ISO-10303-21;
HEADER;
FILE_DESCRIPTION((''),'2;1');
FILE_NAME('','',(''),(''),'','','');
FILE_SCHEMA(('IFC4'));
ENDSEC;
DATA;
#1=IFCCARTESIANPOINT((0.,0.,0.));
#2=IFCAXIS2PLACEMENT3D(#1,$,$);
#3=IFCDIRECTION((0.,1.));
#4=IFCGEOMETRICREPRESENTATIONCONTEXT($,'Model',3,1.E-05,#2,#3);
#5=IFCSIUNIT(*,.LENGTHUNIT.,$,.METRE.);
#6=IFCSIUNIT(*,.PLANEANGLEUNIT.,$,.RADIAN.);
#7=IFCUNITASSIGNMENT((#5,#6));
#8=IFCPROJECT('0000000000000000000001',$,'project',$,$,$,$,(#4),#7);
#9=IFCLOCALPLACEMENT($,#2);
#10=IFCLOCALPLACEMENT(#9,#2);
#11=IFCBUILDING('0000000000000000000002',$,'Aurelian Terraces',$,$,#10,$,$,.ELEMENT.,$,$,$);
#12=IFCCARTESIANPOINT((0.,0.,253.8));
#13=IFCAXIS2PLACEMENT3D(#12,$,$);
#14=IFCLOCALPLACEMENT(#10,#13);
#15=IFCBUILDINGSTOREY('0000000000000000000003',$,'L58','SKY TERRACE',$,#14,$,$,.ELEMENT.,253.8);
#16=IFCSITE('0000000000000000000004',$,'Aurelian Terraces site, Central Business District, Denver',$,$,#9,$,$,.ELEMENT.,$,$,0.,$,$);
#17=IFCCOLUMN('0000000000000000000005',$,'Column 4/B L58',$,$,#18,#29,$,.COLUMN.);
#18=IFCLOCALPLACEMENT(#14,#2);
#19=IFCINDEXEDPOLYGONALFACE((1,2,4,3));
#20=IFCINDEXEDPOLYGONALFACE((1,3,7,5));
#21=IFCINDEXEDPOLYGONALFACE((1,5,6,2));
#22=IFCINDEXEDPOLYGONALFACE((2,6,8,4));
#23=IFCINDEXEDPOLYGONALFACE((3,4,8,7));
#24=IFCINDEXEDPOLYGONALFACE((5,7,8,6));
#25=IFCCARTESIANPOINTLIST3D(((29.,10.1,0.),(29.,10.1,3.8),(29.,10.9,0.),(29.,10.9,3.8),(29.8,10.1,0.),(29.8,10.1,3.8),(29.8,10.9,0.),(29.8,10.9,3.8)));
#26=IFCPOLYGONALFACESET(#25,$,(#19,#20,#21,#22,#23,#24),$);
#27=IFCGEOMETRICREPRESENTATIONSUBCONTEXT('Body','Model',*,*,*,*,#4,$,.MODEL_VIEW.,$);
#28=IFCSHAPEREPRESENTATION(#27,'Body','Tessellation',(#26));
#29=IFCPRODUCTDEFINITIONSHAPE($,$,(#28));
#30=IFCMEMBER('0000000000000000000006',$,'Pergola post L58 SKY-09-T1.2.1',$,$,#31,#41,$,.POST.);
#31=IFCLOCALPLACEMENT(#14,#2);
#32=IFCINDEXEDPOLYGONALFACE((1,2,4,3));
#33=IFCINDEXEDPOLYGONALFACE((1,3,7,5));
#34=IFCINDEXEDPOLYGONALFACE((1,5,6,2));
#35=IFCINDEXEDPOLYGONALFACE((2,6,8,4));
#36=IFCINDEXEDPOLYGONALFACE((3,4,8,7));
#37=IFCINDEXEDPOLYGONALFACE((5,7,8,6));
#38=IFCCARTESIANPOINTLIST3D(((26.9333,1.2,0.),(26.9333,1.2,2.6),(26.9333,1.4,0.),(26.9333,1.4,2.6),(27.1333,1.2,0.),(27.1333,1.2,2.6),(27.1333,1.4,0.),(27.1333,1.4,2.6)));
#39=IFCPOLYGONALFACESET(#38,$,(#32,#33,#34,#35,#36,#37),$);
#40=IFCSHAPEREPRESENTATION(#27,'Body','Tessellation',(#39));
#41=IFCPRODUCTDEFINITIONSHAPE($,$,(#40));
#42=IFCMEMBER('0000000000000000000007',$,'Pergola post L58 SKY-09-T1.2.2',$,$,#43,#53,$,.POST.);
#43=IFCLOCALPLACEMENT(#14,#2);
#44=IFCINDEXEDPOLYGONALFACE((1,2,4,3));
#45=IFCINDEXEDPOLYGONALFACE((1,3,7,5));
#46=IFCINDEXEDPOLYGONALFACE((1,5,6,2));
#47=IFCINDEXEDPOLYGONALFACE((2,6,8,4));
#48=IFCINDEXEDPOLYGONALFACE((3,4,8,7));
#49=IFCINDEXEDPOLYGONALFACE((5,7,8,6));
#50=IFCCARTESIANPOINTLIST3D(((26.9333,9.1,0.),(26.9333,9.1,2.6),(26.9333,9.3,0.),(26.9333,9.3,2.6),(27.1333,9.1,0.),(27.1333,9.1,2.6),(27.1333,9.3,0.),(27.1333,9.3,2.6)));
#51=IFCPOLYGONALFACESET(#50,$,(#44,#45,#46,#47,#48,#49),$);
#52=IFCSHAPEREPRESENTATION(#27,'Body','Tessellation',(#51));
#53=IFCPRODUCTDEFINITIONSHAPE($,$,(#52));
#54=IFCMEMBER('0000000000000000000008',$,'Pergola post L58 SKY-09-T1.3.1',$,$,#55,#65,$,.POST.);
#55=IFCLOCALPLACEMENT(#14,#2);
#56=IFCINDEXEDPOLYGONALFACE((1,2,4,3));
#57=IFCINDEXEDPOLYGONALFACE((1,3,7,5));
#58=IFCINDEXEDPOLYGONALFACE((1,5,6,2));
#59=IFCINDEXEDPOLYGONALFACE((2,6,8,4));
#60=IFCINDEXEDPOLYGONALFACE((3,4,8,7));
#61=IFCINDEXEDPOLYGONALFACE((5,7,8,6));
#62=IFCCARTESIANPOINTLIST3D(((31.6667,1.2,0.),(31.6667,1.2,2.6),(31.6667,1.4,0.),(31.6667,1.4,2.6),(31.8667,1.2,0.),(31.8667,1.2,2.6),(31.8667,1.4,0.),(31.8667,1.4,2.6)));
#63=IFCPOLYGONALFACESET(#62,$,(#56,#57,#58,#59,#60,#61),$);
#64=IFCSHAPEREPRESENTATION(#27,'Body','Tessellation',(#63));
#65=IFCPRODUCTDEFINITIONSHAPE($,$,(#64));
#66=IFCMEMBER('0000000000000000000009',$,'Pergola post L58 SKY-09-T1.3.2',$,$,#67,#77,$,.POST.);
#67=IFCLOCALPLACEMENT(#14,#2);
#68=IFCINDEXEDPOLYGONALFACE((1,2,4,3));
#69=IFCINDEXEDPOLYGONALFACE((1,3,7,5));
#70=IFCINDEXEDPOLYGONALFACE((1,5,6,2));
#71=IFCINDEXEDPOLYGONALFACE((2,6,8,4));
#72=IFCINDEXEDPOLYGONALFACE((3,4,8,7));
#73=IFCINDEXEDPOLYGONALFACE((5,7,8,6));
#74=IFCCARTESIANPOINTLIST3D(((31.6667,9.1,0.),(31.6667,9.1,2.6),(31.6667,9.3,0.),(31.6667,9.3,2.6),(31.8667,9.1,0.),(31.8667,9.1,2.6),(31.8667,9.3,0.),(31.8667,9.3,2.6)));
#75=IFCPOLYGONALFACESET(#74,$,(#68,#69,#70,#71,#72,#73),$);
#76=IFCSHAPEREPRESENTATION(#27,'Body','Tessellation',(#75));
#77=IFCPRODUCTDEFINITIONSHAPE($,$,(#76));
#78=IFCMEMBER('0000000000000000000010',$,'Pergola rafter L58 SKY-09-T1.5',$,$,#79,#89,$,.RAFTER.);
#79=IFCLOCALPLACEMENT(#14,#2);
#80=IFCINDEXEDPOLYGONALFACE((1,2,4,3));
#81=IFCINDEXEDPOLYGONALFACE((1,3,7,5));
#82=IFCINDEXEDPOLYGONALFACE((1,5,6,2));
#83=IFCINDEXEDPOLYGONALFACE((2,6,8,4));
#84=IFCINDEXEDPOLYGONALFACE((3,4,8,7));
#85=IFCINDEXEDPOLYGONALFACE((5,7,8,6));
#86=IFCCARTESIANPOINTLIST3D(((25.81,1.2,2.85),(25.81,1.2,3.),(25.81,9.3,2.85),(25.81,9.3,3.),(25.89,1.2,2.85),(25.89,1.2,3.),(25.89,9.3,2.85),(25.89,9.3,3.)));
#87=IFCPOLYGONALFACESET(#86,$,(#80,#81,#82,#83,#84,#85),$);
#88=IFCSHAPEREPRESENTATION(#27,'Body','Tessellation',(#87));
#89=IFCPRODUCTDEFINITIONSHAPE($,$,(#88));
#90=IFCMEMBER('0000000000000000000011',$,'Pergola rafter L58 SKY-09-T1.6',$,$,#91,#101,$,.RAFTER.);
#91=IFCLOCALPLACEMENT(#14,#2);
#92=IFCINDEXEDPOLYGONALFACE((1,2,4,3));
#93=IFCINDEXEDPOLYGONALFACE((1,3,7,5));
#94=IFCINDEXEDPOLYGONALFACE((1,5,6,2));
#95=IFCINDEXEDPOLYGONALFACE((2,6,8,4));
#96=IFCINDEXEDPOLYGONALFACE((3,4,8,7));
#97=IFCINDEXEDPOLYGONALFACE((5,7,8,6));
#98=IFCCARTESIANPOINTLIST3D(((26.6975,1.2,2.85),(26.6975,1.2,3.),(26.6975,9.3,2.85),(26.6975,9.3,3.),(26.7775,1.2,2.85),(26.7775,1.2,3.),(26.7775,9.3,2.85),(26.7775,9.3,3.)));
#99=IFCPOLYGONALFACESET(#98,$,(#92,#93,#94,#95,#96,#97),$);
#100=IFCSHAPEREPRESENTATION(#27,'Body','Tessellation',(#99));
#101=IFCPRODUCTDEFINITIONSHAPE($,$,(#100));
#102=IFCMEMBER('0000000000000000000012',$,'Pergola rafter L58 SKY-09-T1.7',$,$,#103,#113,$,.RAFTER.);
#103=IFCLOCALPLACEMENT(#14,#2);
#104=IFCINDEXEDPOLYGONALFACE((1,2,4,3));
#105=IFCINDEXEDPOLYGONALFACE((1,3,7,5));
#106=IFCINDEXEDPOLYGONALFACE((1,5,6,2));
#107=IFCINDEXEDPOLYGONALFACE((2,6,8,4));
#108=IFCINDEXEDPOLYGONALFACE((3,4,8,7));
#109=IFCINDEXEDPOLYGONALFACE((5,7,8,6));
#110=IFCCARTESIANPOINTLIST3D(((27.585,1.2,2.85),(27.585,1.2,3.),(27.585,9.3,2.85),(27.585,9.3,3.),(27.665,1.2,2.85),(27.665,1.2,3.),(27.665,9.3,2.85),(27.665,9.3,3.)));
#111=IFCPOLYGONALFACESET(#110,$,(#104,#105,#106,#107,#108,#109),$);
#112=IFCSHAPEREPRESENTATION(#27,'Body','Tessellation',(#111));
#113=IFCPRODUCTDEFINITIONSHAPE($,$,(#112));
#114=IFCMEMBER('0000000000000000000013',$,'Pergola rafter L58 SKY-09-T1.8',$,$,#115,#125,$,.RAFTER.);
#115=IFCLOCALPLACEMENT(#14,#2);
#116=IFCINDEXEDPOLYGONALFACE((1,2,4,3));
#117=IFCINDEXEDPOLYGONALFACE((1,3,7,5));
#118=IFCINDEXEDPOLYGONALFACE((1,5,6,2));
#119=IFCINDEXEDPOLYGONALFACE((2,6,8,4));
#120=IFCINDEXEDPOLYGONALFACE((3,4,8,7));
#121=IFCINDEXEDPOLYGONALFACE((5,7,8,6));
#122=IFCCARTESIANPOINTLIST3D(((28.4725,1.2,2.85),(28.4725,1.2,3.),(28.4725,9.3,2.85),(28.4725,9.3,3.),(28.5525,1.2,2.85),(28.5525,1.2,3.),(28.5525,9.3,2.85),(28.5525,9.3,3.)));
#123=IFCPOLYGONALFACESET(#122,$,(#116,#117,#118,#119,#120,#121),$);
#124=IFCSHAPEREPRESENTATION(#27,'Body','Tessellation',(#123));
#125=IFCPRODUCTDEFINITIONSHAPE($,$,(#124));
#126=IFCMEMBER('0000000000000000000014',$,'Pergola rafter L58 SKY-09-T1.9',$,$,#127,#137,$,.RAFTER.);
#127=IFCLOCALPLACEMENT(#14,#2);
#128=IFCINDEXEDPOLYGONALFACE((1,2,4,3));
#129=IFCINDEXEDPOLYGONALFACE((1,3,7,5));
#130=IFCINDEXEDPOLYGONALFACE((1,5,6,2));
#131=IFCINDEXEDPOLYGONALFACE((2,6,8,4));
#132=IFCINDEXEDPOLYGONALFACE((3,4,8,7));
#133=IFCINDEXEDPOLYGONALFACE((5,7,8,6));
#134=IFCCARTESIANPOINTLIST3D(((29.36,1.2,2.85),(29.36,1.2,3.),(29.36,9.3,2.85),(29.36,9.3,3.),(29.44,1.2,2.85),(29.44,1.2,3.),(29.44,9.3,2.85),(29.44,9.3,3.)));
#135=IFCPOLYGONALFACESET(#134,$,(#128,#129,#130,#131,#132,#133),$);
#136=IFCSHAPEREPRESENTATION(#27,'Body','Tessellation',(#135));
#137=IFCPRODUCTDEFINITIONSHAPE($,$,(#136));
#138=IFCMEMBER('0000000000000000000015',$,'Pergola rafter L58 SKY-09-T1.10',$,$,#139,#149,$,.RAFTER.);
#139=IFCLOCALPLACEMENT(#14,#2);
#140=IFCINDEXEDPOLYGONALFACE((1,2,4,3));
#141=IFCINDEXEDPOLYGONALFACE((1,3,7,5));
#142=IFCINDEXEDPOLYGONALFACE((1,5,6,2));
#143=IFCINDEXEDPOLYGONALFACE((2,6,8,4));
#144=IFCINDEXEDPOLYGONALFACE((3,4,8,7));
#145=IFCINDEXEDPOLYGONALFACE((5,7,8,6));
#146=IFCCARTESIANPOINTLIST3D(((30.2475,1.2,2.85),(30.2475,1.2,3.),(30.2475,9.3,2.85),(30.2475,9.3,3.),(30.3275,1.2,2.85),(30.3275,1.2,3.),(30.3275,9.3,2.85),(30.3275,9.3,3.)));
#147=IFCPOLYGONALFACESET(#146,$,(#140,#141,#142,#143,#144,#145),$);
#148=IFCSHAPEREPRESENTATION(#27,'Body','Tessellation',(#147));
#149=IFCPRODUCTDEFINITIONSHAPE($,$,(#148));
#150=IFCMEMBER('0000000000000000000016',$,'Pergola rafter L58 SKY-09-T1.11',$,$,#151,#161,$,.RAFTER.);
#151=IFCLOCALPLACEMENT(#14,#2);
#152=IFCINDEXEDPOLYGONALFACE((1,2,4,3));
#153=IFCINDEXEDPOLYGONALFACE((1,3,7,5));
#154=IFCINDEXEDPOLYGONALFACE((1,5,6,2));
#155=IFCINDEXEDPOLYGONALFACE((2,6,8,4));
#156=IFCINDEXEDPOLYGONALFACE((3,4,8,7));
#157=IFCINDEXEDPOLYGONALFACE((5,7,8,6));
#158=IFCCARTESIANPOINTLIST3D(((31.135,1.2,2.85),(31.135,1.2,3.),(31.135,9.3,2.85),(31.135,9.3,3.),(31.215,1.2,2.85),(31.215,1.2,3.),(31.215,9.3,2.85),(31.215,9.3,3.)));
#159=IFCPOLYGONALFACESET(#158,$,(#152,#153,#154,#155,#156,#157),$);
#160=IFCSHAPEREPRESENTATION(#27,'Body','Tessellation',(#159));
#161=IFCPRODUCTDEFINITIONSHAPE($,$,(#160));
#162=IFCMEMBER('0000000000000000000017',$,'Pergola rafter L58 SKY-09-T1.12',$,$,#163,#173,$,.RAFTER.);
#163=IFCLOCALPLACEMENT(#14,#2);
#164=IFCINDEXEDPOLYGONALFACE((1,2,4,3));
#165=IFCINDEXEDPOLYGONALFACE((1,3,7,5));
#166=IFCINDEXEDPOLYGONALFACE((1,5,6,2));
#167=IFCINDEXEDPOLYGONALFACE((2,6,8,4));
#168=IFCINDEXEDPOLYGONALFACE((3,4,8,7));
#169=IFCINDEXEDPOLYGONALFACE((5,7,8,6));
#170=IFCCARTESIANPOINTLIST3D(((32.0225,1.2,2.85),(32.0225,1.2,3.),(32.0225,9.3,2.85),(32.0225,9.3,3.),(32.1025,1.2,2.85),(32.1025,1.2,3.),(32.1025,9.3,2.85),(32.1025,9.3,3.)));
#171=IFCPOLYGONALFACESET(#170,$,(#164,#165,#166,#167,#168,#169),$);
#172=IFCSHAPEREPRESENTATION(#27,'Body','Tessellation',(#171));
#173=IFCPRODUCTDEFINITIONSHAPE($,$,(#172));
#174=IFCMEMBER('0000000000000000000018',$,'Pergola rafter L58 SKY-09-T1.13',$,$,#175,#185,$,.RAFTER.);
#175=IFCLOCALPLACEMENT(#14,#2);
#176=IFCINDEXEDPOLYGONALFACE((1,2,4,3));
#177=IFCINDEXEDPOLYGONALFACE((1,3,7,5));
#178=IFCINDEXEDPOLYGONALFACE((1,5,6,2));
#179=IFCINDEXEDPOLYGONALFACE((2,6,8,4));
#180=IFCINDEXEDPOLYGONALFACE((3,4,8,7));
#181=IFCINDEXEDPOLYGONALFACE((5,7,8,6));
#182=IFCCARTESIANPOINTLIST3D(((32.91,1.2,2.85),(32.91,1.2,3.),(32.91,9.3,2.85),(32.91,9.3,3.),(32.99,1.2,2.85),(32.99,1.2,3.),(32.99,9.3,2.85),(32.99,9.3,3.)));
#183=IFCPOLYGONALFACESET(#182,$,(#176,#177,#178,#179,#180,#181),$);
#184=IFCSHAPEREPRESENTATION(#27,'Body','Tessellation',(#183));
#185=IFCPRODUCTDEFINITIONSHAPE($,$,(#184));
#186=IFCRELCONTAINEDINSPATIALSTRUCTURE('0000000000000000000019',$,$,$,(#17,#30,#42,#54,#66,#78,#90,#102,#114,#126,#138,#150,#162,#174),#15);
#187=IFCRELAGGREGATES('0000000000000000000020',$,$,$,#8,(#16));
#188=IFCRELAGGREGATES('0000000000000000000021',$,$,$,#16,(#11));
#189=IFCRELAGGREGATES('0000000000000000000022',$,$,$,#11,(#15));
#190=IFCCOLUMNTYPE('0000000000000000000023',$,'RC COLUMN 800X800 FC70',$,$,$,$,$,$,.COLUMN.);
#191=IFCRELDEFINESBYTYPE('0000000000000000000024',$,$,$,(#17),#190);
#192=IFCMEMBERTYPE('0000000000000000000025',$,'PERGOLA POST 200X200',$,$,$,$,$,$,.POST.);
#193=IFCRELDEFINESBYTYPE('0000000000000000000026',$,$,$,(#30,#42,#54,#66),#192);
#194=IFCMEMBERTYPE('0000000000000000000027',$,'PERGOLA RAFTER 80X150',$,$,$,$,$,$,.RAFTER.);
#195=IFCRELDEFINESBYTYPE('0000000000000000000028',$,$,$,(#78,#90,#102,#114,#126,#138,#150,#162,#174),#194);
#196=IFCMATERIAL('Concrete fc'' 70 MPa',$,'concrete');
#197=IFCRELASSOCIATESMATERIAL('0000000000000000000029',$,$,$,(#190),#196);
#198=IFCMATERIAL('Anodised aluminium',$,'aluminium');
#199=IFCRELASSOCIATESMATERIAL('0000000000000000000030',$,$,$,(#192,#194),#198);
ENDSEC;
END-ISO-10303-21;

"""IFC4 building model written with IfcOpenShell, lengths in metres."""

from ifc_helpers import new_model, si_unit, direction, frame, origin, origin_2d, place, context, subcontext, project, spatial, rectangle, extrude, source, transform, mapped, material, material_profile, profile_set, type_object, element, save


model = new_model("IFC4")

# Units and contexts
model_context = context("Model", 3, precision=1e-05, world=origin(), true_north=direction((0.0, 1.0)))
body_context = subcontext(model_context, "Body", "Model", "MODEL_VIEW")
ifc_project = project(units=[si_unit("LENGTHUNIT", "METRE"), si_unit("PLANEANGLEUNIT", "RADIAN")], contexts=[model_context])

# Site, building, storey
site_placement = place(None, origin())
site = spatial("IfcSite", under=ifc_project, at=site_placement, Name="Aurelian Terraces site, Central Business District, Denver", CompositionType="ELEMENT", RefElevation=0.0)
building_placement = place(site_placement, origin())
building = spatial("IfcBuilding", under=site, at=building_placement, Name="Aurelian Terraces", CompositionType="ELEMENT")
storey_placement = place(building_placement, frame((0.0, 0.0, 253.8)))
storey = spatial("IfcBuildingStorey", under=building, at=storey_placement, Name="L58", Description="SKY TERRACE", CompositionType="ELEMENT", Elevation=253.8)

# Column
ifc_material_1 = material(Name="Concrete fc' 70 MPa", Category="concrete")
ifc_material_profile_1 = material_profile(ifc_material_1, rectangle(XDim=0.8, YDim=0.8, at=origin_2d()))
ifc_profile_set_1 = profile_set([ifc_material_profile_1], Name="Concrete fc' 70 MPa")
column_type = type_object("IfcColumnType", Name="RC COLUMN 800X800 FC70", PredefinedType="COLUMN", material=ifc_profile_set_1)
shared_shape_1 = source(origin(), body_context, "Body", "SweptSolid", [
    extrude(rectangle(XDim=0.8, YDim=0.8, at=origin_2d()), origin(), (0.0, 0.0, 1.0), 3.8),
])
column_placement = place(storey_placement, frame((29.4, 10.5, 0.0), z_axis=(0.0, 0.0, 1.0), x_axis=(1.0, 0.0, 0.0)))
element("IfcColumn", 1, at=column_placement, inside=storey, type_object=column_type, Name="Column 4/B L58", PredefinedType="COLUMN", context=body_context, shape_type="MappedRepresentation", body=[
    mapped(shared_shape_1, transform((0.0, 0.0, 0.0), scale=1.0)),
])

# Members
ifc_material_2 = material(Name="Anodised aluminium", Category="aluminium")
ifc_material_profile_2 = material_profile(ifc_material_2, rectangle(XDim=0.2, YDim=0.2, at=origin_2d()))
ifc_profile_set_2 = profile_set([ifc_material_profile_2], Name="Anodised aluminium")
member_type_1 = type_object("IfcMemberType", Name="PERGOLA POST 200X200", PredefinedType="POST", material=ifc_profile_set_2)
shared_shape_2 = source(origin(), body_context, "Body", "SweptSolid", [
    extrude(rectangle(XDim=0.2, YDim=0.2, at=origin_2d()), origin(), (0.0, 0.0, 1.0), 2.6),
])
for number, where, z_axis, x_axis, name in (
    (2, (27.0333, 1.3, 0.0), (0.0, 0.0, 1.0), (1.0, 0.0, 0.0), "Pergola post L58 SKY-09-T1.2.1"),
    (3, (27.0333, 9.2, 0.0), (0.0, 0.0, 1.0), (1.0, 0.0, 0.0), "Pergola post L58 SKY-09-T1.2.2"),
    (4, (31.7667, 1.3, 0.0), (0.0, 0.0, 1.0), (1.0, 0.0, 0.0), "Pergola post L58 SKY-09-T1.3.1"),
    (5, (31.7667, 9.2, 0.0), (0.0, 0.0, 1.0), (1.0, 0.0, 0.0), "Pergola post L58 SKY-09-T1.3.2"),
):
    element("IfcMember", number, at=place(storey_placement, frame(where, z_axis=z_axis, x_axis=x_axis)), inside=storey, type_object=member_type_1, Name=name, PredefinedType="POST", context=body_context, shape_type="MappedRepresentation", body=[
        mapped(shared_shape_2, transform((0.0, 0.0, 0.0), scale=1.0)),
    ])
ifc_material_profile_3 = material_profile(ifc_material_2, rectangle(XDim=0.08, YDim=0.15, at=origin_2d()))
ifc_profile_set_3 = profile_set([ifc_material_profile_3], Name="Anodised aluminium")
member_type_2 = type_object("IfcMemberType", Name="PERGOLA RAFTER 80X150", PredefinedType="RAFTER", material=ifc_profile_set_3)
shared_shape_3 = source(origin(), body_context, "Body", "SweptSolid", [
    extrude(rectangle(XDim=0.08, YDim=0.15, at=origin_2d()), origin(), (0.0, 0.0, 1.0), 8.1),
])
for number, where, z_axis, x_axis, name in (
    (6, (25.85, 1.2, 2.925), (0.0, 1.0, 0.0), (-1.0, 0.0, 0.0), "Pergola rafter L58 SKY-09-T1.5"),
    (7, (26.7375, 1.2, 2.925), (0.0, 1.0, 0.0), (-1.0, 0.0, 0.0), "Pergola rafter L58 SKY-09-T1.6"),
    (8, (27.625, 1.2, 2.925), (0.0, 1.0, 0.0), (-1.0, 0.0, 0.0), "Pergola rafter L58 SKY-09-T1.7"),
    (9, (28.5125, 1.2, 2.925), (0.0, 1.0, 0.0), (-1.0, 0.0, 0.0), "Pergola rafter L58 SKY-09-T1.8"),
    (10, (29.4, 1.2, 2.925), (0.0, 1.0, 0.0), (-1.0, 0.0, 0.0), "Pergola rafter L58 SKY-09-T1.9"),
    (11, (30.2875, 1.2, 2.925), (0.0, 1.0, 0.0), (-1.0, 0.0, 0.0), "Pergola rafter L58 SKY-09-T1.10"),
    (12, (31.175, 1.2, 2.925), (0.0, 1.0, 0.0), (-1.0, 0.0, 0.0), "Pergola rafter L58 SKY-09-T1.11"),
    (13, (32.0625, 1.2, 2.925), (0.0, 1.0, 0.0), (-1.0, 0.0, 0.0), "Pergola rafter L58 SKY-09-T1.12"),
    (14, (32.95, 1.2, 2.925), (0.0, 1.0, 0.0), (-1.0, 0.0, 0.0), "Pergola rafter L58 SKY-09-T1.13"),
):
    element("IfcMember", number, at=place(storey_placement, frame(where, z_axis=z_axis, x_axis=x_axis)), inside=storey, type_object=member_type_2, Name=name, PredefinedType="RAFTER", context=body_context, shape_type="MappedRepresentation", body=[
        mapped(shared_shape_3, transform((0.0, 0.0, 0.0), scale=1.0)),
    ])

save(model, "model.ifc")
